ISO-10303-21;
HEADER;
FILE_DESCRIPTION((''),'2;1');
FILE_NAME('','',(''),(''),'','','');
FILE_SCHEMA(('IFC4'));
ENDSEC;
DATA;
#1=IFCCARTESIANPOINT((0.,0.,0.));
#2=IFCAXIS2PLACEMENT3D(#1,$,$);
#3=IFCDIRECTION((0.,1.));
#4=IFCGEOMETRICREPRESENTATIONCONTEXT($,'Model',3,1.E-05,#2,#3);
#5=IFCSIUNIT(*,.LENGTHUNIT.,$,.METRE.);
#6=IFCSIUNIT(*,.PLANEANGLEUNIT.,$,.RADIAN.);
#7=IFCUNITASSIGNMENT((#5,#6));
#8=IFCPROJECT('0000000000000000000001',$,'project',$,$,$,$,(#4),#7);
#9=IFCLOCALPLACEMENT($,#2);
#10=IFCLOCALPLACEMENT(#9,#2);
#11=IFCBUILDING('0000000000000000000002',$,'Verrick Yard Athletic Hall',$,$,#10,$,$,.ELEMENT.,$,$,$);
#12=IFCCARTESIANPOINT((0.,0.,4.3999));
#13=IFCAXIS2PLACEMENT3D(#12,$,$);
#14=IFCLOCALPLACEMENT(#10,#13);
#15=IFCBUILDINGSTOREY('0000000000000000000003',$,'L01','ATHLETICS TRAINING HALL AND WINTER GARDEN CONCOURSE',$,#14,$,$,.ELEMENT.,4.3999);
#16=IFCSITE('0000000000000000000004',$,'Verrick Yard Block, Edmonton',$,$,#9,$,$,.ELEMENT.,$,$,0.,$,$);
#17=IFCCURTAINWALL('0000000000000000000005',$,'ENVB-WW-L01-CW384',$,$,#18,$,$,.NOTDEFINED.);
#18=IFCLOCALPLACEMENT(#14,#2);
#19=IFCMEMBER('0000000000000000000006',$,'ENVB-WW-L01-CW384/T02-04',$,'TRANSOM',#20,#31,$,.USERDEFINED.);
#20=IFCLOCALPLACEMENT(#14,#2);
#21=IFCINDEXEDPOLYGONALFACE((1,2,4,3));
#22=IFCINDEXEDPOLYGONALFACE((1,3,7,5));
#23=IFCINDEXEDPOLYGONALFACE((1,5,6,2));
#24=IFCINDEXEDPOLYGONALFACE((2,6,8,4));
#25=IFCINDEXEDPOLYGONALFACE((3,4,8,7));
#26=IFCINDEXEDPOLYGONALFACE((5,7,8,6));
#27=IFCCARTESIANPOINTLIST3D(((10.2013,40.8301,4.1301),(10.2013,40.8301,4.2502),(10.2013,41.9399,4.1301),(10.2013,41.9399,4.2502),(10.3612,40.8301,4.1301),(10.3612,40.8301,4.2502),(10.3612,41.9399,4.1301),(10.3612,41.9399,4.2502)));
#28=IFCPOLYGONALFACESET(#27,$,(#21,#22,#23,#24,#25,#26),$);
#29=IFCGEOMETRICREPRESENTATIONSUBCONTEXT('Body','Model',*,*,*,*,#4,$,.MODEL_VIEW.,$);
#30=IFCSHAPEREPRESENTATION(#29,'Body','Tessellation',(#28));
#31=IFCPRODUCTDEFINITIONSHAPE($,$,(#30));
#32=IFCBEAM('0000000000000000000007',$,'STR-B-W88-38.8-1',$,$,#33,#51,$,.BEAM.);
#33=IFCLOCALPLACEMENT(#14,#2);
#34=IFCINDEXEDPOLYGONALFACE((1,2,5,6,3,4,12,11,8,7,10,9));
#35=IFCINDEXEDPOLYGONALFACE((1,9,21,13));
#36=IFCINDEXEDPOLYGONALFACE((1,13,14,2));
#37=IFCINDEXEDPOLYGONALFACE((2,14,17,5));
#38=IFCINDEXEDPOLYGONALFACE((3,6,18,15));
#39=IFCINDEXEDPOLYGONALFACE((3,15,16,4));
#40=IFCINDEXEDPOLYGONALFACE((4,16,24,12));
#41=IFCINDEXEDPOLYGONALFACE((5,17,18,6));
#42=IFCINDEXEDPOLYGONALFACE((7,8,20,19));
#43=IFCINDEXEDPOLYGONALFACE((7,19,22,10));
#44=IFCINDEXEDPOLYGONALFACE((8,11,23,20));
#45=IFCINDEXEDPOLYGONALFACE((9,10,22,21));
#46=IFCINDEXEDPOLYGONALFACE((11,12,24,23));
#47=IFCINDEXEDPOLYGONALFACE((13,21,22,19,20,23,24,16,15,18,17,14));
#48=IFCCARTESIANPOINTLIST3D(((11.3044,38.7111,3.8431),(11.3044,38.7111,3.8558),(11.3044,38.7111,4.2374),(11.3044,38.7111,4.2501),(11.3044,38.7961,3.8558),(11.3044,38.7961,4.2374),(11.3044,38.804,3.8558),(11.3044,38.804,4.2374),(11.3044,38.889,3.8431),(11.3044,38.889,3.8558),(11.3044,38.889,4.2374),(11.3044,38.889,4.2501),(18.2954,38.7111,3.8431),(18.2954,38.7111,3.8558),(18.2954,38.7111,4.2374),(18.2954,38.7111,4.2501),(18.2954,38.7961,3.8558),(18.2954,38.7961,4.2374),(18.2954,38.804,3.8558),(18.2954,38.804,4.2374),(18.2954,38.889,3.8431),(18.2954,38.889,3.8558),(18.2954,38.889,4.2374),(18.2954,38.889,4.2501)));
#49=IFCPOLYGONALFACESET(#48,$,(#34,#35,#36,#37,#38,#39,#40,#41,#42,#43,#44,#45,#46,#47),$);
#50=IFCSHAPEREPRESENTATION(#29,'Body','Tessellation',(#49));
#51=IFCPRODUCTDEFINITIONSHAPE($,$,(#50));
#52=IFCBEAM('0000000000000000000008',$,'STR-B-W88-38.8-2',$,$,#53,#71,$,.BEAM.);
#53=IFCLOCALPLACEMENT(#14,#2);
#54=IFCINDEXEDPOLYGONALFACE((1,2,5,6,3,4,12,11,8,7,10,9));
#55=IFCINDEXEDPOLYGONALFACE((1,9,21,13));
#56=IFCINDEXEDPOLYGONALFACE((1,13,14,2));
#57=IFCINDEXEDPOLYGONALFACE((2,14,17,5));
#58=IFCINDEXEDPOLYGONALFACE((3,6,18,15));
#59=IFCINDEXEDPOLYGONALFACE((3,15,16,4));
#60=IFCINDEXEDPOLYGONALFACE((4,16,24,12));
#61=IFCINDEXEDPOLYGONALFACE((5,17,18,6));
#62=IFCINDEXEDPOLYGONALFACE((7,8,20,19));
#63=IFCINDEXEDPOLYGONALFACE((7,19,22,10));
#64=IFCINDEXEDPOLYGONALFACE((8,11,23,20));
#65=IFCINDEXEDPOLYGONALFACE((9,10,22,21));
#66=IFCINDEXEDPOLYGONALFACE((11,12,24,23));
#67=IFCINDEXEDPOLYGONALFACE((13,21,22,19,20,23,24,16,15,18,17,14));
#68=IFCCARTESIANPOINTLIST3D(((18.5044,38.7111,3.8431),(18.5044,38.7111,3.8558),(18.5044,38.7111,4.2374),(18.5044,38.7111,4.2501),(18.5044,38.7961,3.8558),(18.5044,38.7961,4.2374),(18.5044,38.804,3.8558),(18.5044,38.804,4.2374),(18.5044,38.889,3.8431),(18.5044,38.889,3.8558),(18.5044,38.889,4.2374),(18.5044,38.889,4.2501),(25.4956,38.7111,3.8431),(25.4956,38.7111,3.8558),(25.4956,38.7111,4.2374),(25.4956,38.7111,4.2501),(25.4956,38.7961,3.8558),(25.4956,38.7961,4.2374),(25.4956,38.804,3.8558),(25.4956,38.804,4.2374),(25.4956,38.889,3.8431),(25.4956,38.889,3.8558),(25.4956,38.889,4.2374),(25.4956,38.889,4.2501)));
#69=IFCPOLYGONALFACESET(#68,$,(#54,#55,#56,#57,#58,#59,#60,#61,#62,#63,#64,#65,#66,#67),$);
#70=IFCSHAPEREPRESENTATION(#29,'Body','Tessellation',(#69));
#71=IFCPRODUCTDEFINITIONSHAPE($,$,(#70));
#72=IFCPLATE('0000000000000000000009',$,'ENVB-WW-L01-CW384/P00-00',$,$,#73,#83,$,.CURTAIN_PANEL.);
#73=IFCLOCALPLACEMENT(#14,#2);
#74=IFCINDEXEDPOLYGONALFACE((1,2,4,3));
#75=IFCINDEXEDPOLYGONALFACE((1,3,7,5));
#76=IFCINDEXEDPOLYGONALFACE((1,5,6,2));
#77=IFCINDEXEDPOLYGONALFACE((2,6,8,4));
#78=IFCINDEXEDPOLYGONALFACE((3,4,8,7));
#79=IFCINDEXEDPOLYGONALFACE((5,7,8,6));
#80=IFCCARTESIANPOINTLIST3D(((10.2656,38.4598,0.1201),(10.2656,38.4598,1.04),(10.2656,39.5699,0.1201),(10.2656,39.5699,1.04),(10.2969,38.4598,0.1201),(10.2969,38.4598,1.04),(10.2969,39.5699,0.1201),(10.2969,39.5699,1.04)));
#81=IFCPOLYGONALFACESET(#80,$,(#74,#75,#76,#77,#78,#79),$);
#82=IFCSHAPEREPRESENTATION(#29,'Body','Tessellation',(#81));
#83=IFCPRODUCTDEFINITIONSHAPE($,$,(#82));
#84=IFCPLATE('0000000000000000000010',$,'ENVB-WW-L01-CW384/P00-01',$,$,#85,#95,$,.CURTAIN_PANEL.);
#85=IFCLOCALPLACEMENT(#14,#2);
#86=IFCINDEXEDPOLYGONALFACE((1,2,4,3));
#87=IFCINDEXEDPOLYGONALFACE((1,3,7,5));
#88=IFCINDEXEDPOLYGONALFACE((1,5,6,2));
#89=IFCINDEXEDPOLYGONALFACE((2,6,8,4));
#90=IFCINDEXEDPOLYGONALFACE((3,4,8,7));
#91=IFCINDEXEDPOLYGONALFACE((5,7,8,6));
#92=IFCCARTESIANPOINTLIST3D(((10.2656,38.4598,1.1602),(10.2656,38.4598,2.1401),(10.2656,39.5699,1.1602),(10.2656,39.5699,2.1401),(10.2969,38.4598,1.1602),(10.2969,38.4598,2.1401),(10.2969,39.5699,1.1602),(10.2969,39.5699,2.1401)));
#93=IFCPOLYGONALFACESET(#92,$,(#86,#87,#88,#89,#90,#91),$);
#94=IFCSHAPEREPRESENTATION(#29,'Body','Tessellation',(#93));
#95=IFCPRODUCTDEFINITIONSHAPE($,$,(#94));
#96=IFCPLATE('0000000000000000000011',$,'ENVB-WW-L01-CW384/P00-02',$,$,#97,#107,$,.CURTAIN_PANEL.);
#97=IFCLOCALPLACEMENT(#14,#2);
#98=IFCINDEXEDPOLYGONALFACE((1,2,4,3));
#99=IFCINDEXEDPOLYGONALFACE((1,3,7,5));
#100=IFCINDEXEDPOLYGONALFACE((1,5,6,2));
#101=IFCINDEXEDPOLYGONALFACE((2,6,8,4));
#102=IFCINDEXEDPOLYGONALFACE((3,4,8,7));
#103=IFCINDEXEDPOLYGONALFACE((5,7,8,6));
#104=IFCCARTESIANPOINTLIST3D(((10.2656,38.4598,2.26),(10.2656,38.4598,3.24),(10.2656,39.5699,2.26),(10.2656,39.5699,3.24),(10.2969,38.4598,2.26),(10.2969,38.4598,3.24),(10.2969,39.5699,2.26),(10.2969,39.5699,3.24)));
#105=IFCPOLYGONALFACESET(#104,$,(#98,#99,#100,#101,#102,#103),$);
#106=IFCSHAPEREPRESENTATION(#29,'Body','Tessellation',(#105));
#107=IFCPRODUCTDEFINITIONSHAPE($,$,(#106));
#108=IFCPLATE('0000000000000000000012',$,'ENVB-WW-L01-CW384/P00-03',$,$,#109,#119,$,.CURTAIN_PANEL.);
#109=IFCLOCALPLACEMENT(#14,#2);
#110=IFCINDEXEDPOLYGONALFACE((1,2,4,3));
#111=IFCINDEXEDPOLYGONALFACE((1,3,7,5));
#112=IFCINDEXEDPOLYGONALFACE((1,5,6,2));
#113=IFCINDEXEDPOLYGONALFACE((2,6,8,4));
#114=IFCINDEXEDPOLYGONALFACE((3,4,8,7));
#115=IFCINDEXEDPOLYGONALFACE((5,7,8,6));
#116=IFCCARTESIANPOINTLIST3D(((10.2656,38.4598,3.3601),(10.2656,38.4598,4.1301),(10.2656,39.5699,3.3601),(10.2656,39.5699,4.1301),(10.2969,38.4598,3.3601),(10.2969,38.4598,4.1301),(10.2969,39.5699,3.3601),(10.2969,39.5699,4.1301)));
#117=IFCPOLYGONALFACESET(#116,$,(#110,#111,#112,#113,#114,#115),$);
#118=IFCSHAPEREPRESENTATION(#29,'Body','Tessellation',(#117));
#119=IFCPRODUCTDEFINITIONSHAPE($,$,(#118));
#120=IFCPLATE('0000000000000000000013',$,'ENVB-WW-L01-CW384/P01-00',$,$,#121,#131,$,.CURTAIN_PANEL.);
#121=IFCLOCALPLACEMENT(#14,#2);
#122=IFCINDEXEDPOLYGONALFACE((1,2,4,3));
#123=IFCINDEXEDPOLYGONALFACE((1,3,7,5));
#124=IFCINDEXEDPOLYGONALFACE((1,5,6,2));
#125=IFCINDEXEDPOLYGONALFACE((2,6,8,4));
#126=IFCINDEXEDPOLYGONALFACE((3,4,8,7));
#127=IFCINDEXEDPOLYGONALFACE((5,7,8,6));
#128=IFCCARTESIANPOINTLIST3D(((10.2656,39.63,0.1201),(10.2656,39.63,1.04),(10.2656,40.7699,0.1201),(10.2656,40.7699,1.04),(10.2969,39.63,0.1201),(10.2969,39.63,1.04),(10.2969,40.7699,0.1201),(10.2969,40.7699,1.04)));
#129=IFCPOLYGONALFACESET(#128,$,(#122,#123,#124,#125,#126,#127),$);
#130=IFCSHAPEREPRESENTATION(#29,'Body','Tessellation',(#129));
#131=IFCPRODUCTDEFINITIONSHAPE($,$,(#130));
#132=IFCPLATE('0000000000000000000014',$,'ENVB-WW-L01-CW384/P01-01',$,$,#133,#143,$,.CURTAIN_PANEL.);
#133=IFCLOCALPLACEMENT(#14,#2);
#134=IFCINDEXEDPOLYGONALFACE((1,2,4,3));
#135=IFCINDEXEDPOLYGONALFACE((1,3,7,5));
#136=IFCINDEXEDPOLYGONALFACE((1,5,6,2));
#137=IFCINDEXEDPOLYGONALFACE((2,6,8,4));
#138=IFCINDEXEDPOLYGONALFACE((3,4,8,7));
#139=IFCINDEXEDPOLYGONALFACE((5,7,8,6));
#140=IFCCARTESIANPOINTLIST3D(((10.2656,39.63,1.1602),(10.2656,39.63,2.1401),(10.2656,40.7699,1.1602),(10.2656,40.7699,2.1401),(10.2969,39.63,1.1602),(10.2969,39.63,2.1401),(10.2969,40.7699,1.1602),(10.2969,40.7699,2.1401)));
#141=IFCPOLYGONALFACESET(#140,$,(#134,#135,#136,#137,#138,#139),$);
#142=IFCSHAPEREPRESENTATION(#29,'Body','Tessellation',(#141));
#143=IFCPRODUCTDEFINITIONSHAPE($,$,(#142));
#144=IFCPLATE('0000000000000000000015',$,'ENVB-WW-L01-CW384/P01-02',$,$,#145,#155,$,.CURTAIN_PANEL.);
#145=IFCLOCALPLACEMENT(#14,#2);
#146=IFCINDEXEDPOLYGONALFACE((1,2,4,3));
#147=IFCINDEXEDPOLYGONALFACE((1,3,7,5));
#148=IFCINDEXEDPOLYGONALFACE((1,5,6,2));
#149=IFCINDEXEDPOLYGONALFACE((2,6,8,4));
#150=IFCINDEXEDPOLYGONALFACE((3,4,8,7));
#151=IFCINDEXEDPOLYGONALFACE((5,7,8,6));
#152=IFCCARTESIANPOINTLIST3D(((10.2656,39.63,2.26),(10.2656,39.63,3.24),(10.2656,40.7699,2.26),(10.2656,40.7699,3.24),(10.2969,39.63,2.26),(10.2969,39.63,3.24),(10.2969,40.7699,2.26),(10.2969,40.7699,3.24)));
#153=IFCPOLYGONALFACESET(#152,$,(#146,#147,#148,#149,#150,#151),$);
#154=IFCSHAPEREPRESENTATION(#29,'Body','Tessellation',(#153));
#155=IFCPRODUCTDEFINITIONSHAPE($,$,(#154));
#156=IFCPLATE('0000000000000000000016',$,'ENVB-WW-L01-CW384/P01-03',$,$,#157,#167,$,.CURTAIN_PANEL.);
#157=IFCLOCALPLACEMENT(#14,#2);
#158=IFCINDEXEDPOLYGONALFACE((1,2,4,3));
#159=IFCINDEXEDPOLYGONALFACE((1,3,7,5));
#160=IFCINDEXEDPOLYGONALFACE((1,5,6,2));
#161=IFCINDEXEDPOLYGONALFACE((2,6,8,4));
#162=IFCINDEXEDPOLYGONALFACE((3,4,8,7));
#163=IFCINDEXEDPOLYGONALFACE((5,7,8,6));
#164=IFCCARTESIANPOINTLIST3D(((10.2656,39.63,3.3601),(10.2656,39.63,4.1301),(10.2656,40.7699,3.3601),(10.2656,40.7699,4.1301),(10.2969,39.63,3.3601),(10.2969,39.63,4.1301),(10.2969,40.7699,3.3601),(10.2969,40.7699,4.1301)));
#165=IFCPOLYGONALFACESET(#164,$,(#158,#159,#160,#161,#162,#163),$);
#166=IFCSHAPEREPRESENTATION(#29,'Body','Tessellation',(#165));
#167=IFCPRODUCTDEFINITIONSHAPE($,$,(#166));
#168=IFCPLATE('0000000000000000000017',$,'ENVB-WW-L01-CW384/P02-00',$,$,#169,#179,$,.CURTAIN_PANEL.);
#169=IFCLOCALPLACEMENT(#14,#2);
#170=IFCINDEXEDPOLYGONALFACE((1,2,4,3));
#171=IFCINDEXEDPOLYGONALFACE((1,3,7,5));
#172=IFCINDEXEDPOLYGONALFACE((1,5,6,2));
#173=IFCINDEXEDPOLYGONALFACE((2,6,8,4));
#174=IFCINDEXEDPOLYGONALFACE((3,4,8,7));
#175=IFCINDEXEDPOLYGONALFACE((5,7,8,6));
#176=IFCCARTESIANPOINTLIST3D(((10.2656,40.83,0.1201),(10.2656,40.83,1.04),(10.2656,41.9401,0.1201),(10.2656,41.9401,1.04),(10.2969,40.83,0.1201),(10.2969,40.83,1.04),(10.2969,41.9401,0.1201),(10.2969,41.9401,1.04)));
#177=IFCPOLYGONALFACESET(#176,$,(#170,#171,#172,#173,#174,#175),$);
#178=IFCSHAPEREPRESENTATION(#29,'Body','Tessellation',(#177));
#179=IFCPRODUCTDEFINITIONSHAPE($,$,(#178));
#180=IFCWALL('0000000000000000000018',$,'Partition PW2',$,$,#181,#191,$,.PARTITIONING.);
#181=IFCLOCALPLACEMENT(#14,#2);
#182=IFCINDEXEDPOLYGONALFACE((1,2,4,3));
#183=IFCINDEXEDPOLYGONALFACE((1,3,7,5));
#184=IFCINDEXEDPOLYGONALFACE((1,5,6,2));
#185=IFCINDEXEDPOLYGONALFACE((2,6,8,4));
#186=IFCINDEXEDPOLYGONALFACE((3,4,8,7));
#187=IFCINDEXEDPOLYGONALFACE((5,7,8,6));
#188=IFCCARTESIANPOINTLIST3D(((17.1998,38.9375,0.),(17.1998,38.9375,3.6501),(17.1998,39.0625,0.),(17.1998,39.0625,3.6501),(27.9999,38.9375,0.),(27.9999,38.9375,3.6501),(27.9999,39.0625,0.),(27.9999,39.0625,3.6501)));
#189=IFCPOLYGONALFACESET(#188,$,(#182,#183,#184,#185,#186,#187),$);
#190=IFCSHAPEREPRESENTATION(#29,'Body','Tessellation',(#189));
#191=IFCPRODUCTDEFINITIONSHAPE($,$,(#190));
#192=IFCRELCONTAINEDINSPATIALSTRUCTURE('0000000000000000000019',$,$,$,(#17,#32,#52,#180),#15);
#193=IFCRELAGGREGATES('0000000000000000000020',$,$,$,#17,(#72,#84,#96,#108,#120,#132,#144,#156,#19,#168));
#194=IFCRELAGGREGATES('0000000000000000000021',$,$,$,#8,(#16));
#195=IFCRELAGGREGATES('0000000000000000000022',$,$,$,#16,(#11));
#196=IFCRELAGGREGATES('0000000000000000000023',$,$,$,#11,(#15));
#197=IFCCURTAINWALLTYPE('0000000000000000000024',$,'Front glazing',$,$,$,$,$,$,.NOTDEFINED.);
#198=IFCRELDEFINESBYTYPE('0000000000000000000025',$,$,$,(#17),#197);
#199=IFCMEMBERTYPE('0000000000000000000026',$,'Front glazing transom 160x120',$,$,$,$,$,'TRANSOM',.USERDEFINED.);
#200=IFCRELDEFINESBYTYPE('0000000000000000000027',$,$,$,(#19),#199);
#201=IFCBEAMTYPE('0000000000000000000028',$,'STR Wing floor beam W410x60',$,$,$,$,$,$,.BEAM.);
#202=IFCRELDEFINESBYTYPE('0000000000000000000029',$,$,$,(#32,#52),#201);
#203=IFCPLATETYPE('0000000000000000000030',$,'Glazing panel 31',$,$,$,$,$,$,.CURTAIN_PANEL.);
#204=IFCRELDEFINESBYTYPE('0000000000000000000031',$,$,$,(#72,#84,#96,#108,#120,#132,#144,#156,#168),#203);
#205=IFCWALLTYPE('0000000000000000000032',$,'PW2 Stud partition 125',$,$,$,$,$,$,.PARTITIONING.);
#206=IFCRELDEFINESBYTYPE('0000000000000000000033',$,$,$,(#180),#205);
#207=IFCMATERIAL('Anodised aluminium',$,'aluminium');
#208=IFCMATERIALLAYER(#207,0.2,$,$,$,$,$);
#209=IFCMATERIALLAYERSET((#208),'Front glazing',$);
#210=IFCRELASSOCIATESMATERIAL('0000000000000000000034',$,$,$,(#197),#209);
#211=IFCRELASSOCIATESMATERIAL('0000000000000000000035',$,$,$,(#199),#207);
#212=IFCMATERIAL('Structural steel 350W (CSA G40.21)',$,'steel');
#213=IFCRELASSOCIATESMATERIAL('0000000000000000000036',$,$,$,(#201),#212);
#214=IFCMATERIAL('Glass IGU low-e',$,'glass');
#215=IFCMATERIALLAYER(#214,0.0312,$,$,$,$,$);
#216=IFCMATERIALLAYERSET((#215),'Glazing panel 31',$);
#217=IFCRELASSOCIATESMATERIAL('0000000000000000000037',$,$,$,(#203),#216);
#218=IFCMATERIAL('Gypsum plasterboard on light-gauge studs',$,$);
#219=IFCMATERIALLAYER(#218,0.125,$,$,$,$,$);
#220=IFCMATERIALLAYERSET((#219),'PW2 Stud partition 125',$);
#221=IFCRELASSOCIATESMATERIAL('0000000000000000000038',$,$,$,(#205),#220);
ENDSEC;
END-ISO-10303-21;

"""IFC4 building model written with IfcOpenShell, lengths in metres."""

from ifc_helpers import new_model, si_unit, direction, frame, frame_2d, origin, origin_2d, place, context, subcontext, project, spatial, rectangle, i_section, extrude, material, layer, layer_set, material_profile, profile_set, type_object, element, aggregate, save


model = new_model("IFC4")

# Units and contexts
model_context = context("Model", 3, precision=1e-05, world=origin(), true_north=direction((0.0, 1.0)))
body_context = subcontext(model_context, "Body", "Model", "MODEL_VIEW")
ifc_project = project(units=[si_unit("LENGTHUNIT", "METRE"), si_unit("PLANEANGLEUNIT", "RADIAN")], contexts=[model_context])

# Site, building, storey
site_placement = place(None, origin())
site = spatial("IfcSite", under=ifc_project, at=site_placement, Name="Verrick Yard Block, Edmonton", CompositionType="ELEMENT", RefElevation=0.0)
building_placement = place(site_placement, origin())
building = spatial("IfcBuilding", under=site, at=building_placement, Name="Verrick Yard Athletic Hall", CompositionType="ELEMENT")
storey_placement = place(building_placement, frame((0.0, 0.0, 4.3999)))
storey = spatial("IfcBuildingStorey", under=building, at=storey_placement, Name="L01", Description="ATHLETICS TRAINING HALL AND WINTER GARDEN CONCOURSE", CompositionType="ELEMENT", Elevation=4.3999)

# Curtain wall, member
ifc_material_1 = material(Name="Anodised aluminium", Category="aluminium")
ifc_layer_1 = layer(ifc_material_1, 0.2)
ifc_layer_set_1 = layer_set([ifc_layer_1], Name="Front glazing")
curtain_wall_type = type_object("IfcCurtainWallType", Name="Front glazing", PredefinedType="NOTDEFINED", material=ifc_layer_set_1)
curtain_wall_placement = place(storey_placement, origin())
curtain_wall = element("IfcCurtainWall", 1, at=curtain_wall_placement, inside=storey, type_object=curtain_wall_type, Name="ENVB-WW-L01-CW384", PredefinedType="NOTDEFINED")
ifc_material_profile_1 = material_profile(ifc_material_1, rectangle(XDim=0.1599, YDim=0.1201, at=origin_2d()), Name="CW transom 160x120")
ifc_profile_set_1 = profile_set([ifc_material_profile_1], Name="Anodised aluminium")
member_type_1 = type_object("IfcMemberType", Name="Front glazing transom 160x120", ElementType="TRANSOM", PredefinedType="USERDEFINED", material=ifc_profile_set_1)
member_1_placement = place(storey_placement, frame((10.2812, 40.8301, 4.1902), z_axis=(0.0, 1.0, 0.0), x_axis=(-1.0, 0.0, 0.0)))
member_1 = element("IfcMember", 2, at=member_1_placement, type_object=member_type_1, Name="ENVB-WW-L01-CW384/T02-04", ObjectType="TRANSOM", PredefinedType="USERDEFINED", context=body_context, shape_type="SweptSolid", body=[
    extrude(rectangle(XDim=0.1599, YDim=0.1201, at=origin_2d()), origin(), (0.0, 0.0, 1.0), 1.1099),
])

# Beams
ifc_material_2 = material(Name="Structural steel 350W (CSA G40.21)", Category="steel")
ifc_material_profile_2 = material_profile(ifc_material_2, i_section(OverallWidth=0.178, OverallDepth=0.407, WebThickness=0.0078, FlangeThickness=0.0127, at=origin_2d()), Name="W410x60")
ifc_profile_set_2 = profile_set([ifc_material_profile_2], Name="Structural steel 350W (CSA G40.21)")
beam_type = type_object("IfcBeamType", Name="STR Wing floor beam W410x60", PredefinedType="BEAM", material=ifc_profile_set_2)
beam_1_placement = place(storey_placement, frame((11.3044, 38.8, 4.0466), z_axis=(1.0, 0.0, 0.0), x_axis=(0.0, 1.0, 0.0)))
element("IfcBeam", 3, at=beam_1_placement, inside=storey, type_object=beam_type, Name="STR-B-W88-38.8-1", PredefinedType="BEAM", context=body_context, shape_type="SweptSolid", body=[
    extrude(i_section(OverallWidth=0.178, OverallDepth=0.407, WebThickness=0.0078, FlangeThickness=0.0127, at=origin_2d()), origin(), (0.0, 0.0, 1.0), 6.991),
])
beam_2_placement = place(storey_placement, frame((18.5044, 38.8, 4.0466), z_axis=(1.0, 0.0, 0.0), x_axis=(0.0, 1.0, 0.0)))
element("IfcBeam", 4, at=beam_2_placement, inside=storey, type_object=beam_type, Name="STR-B-W88-38.8-2", PredefinedType="BEAM", context=body_context, shape_type="SweptSolid", body=[
    extrude(i_section(OverallWidth=0.178, OverallDepth=0.407, WebThickness=0.0078, FlangeThickness=0.0127, at=origin_2d()), origin(), (0.0, 0.0, 1.0), 6.9912),
])

# Plates
ifc_material_3 = material(Name="Glass IGU low-e", Category="glass")
ifc_layer_2 = layer(ifc_material_3, 0.0312)
ifc_layer_set_2 = layer_set([ifc_layer_2], Name="Glazing panel 31")
plate_type = type_object("IfcPlateType", Name="Glazing panel 31", PredefinedType="CURTAIN_PANEL", material=ifc_layer_set_2)
plate_1_placement = place(storey_placement, frame((10.2812, 39.0149, 0.1201), z_axis=(0.0, 0.0, 1.0), x_axis=(0.0, 1.0, 0.0)))
plate_1 = element("IfcPlate", 5, at=plate_1_placement, type_object=plate_type, Name="ENVB-WW-L01-CW384/P00-00", PredefinedType="CURTAIN_PANEL", context=body_context, shape_type="SweptSolid", body=[
    extrude(rectangle(XDim=1.1101, YDim=0.0312, at=origin_2d()), origin(), (0.0, 0.0, 1.0), 0.9199),
])
plate_2_placement = place(storey_placement, frame((10.2812, 39.0149, 1.1602), z_axis=(0.0, 0.0, 1.0), x_axis=(0.0, 1.0, 0.0)))
plate_2 = element("IfcPlate", 6, at=plate_2_placement, type_object=plate_type, Name="ENVB-WW-L01-CW384/P00-01", PredefinedType="CURTAIN_PANEL", context=body_context, shape_type="SweptSolid", body=[
    extrude(rectangle(XDim=1.1101, YDim=0.0312, at=origin_2d()), origin(), (0.0, 0.0, 1.0), 0.98),
])
plate_3_placement = place(storey_placement, frame((10.2812, 39.0149, 2.26), z_axis=(0.0, 0.0, 1.0), x_axis=(0.0, 1.0, 0.0)))
plate_3 = element("IfcPlate", 7, at=plate_3_placement, type_object=plate_type, Name="ENVB-WW-L01-CW384/P00-02", PredefinedType="CURTAIN_PANEL", context=body_context, shape_type="SweptSolid", body=[
    extrude(rectangle(XDim=1.1101, YDim=0.0312, at=origin_2d()), origin(), (0.0, 0.0, 1.0), 0.98),
])
plate_4_placement = place(storey_placement, frame((10.2812, 39.0149, 3.3601), z_axis=(0.0, 0.0, 1.0), x_axis=(0.0, 1.0, 0.0)))
plate_4 = element("IfcPlate", 8, at=plate_4_placement, type_object=plate_type, Name="ENVB-WW-L01-CW384/P00-03", PredefinedType="CURTAIN_PANEL", context=body_context, shape_type="SweptSolid", body=[
    extrude(rectangle(XDim=1.1101, YDim=0.0312, at=origin_2d()), origin(), (0.0, 0.0, 1.0), 0.77),
])
plate_5_placement = place(storey_placement, frame((10.2812, 40.2, 0.1201), z_axis=(0.0, 0.0, 1.0), x_axis=(0.0, 1.0, 0.0)))
plate_5 = element("IfcPlate", 9, at=plate_5_placement, type_object=plate_type, Name="ENVB-WW-L01-CW384/P01-00", PredefinedType="CURTAIN_PANEL", context=body_context, shape_type="SweptSolid", body=[
    extrude(rectangle(XDim=1.1399, YDim=0.0312, at=origin_2d()), origin(), (0.0, 0.0, 1.0), 0.9199),
])
plate_6_placement = place(storey_placement, frame((10.2812, 40.2, 1.1602), z_axis=(0.0, 0.0, 1.0), x_axis=(0.0, 1.0, 0.0)))
plate_6 = element("IfcPlate", 10, at=plate_6_placement, type_object=plate_type, Name="ENVB-WW-L01-CW384/P01-01", PredefinedType="CURTAIN_PANEL", context=body_context, shape_type="SweptSolid", body=[
    extrude(rectangle(XDim=1.1399, YDim=0.0312, at=origin_2d()), origin(), (0.0, 0.0, 1.0), 0.98),
])
plate_7_placement = place(storey_placement, frame((10.2812, 40.2, 2.26), z_axis=(0.0, 0.0, 1.0), x_axis=(0.0, 1.0, 0.0)))
plate_7 = element("IfcPlate", 11, at=plate_7_placement, type_object=plate_type, Name="ENVB-WW-L01-CW384/P01-02", PredefinedType="CURTAIN_PANEL", context=body_context, shape_type="SweptSolid", body=[
    extrude(rectangle(XDim=1.1399, YDim=0.0312, at=origin_2d()), origin(), (0.0, 0.0, 1.0), 0.98),
])
plate_8_placement = place(storey_placement, frame((10.2812, 40.2, 3.3601), z_axis=(0.0, 0.0, 1.0), x_axis=(0.0, 1.0, 0.0)))
plate_8 = element("IfcPlate", 12, at=plate_8_placement, type_object=plate_type, Name="ENVB-WW-L01-CW384/P01-03", PredefinedType="CURTAIN_PANEL", context=body_context, shape_type="SweptSolid", body=[
    extrude(rectangle(XDim=1.1399, YDim=0.0312, at=origin_2d()), origin(), (0.0, 0.0, 1.0), 0.77),
])
plate_9_placement = place(storey_placement, frame((10.2812, 41.385, 0.1201), z_axis=(0.0, 0.0, 1.0), x_axis=(0.0, 1.0, 0.0)))
plate_9 = element("IfcPlate", 13, at=plate_9_placement, type_object=plate_type, Name="ENVB-WW-L01-CW384/P02-00", PredefinedType="CURTAIN_PANEL", context=body_context, shape_type="SweptSolid", body=[
    extrude(rectangle(XDim=1.1101, YDim=0.0312, at=origin_2d()), origin(), (0.0, 0.0, 1.0), 0.9199),
])
aggregate(curtain_wall, [plate_1, plate_2, plate_3, plate_4, plate_5, plate_6, plate_7, plate_8, member_1, plate_9])

# Wall
ifc_material_4 = material(Name="Gypsum plasterboard on light-gauge studs")
ifc_layer_3 = layer(ifc_material_4, 0.125)
ifc_layer_set_3 = layer_set([ifc_layer_3], Name="PW2 Stud partition 125")
wall_type = type_object("IfcWallType", Name="PW2 Stud partition 125", PredefinedType="PARTITIONING", material=ifc_layer_set_3)
wall_placement = place(storey_placement, frame((17.2, 39.0, 0.0), z_axis=(0.0, 0.0, 1.0), x_axis=(1.0, 0.0, 0.0)))
element("IfcWall", 14, at=wall_placement, inside=storey, type_object=wall_type, Name="Partition PW2", PredefinedType="PARTITIONING", context=body_context, shape_type="SweptSolid", body=[
    extrude(rectangle(XDim=10.8, YDim=0.125, at=frame_2d((5.3999, 0.0))), origin(), (0.0, 0.0, 1.0), 3.6501),
])

save(model, "model.ifc")
